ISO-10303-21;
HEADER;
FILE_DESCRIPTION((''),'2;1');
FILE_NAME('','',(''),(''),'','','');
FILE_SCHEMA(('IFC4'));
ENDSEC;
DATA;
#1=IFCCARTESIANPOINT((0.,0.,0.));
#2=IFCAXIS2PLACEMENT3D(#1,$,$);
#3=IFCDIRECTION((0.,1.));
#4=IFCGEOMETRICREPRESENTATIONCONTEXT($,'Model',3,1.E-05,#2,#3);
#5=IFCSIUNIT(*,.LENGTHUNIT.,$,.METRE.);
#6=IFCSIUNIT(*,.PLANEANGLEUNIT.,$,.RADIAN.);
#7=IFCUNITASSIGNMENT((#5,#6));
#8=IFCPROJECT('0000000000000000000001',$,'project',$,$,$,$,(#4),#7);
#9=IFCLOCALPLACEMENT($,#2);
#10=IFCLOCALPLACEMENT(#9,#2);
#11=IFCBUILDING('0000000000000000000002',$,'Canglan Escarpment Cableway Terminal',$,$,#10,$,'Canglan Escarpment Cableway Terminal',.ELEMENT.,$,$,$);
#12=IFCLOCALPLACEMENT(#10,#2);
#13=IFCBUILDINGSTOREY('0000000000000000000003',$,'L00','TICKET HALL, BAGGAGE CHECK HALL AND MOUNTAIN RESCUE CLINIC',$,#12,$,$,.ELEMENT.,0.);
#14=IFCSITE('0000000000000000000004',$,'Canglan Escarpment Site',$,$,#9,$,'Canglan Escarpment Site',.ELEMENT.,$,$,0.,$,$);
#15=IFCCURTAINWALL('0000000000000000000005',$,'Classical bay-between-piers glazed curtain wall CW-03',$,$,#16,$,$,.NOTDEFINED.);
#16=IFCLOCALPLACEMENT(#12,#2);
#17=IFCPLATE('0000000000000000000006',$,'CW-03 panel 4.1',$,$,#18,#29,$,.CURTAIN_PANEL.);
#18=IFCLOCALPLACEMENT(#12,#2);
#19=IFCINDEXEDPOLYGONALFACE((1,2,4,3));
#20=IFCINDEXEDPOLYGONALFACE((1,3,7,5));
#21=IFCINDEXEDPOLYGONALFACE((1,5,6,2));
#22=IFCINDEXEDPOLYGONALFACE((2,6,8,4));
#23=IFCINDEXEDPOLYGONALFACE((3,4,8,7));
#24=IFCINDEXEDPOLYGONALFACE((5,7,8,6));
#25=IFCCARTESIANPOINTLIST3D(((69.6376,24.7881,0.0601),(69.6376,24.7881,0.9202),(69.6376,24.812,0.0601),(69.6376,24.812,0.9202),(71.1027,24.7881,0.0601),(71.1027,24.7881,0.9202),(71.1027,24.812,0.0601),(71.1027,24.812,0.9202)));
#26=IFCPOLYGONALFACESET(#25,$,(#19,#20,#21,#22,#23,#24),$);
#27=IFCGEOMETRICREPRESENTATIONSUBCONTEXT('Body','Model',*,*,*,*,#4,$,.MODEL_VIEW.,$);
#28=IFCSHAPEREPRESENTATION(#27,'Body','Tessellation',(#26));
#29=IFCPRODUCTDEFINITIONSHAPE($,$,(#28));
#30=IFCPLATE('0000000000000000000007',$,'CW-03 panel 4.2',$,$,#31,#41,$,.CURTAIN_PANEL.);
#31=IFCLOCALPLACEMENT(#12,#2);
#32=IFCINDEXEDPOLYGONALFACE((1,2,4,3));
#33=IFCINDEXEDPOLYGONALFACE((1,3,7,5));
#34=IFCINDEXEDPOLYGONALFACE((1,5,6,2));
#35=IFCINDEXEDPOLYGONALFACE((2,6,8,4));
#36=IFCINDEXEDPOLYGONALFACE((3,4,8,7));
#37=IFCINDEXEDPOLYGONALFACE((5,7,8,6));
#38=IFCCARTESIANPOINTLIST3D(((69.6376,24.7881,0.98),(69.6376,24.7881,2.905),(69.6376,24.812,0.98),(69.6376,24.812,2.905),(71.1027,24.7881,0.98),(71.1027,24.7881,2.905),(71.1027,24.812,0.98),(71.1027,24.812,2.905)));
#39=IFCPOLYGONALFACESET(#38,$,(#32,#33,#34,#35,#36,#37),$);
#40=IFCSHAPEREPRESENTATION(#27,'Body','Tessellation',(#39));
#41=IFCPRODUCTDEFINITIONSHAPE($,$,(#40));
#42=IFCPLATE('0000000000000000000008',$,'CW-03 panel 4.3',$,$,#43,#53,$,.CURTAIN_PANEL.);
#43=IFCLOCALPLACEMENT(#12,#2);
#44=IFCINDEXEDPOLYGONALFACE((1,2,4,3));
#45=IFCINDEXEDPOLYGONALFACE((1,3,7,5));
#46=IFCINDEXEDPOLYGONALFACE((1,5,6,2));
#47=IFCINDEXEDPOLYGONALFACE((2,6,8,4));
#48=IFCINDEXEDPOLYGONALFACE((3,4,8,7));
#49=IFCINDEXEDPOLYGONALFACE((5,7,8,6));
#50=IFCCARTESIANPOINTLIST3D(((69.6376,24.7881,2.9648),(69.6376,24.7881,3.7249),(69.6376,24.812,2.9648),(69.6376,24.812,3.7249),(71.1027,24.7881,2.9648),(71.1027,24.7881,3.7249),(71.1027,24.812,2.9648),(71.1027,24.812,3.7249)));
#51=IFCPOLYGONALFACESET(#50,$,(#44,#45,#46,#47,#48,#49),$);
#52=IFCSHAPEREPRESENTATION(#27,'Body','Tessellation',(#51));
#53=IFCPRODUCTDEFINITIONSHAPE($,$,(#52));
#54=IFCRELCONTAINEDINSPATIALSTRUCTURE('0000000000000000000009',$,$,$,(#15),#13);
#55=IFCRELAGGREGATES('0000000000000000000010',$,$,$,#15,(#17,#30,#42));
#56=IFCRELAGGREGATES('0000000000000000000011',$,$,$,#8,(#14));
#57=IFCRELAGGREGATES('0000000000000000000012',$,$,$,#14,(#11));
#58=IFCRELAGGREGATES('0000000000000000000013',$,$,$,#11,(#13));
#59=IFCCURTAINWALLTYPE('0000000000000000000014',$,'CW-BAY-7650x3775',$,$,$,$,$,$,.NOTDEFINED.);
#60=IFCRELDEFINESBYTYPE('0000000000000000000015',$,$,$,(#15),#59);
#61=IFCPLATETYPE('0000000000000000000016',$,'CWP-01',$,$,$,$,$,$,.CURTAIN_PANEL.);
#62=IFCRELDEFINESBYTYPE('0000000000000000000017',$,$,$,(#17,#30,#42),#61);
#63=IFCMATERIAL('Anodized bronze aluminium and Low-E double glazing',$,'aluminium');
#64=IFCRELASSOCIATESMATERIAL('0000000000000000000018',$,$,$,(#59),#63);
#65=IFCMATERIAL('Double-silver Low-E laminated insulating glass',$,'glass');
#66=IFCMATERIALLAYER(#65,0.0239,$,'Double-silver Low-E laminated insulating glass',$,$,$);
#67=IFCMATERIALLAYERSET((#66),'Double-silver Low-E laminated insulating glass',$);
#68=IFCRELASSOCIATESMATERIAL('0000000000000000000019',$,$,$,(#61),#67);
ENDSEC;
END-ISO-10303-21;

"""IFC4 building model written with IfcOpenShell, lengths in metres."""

from ifc_helpers import new_model, si_unit, direction, frame, origin, origin_2d, place, context, subcontext, project, spatial, rectangle, extrude, material, layer, layer_set, type_object, element, aggregate, save


model = new_model("IFC4")

# Units and contexts
model_context = context("Model", 3, precision=1e-05, world=origin(), true_north=direction((0.0, 1.0)))
body_context = subcontext(model_context, "Body", "Model", "MODEL_VIEW")
ifc_project = project(units=[si_unit("LENGTHUNIT", "METRE"), si_unit("PLANEANGLEUNIT", "RADIAN")], contexts=[model_context])

# Site, building, storey
site_placement = place(None, origin())
site = spatial("IfcSite", under=ifc_project, at=site_placement, Name="Canglan Escarpment Site", LongName="Canglan Escarpment Site", CompositionType="ELEMENT", RefElevation=0.0)
building_placement = place(site_placement, origin())
building = spatial("IfcBuilding", under=site, at=building_placement, Name="Canglan Escarpment Cableway Terminal", LongName="Canglan Escarpment Cableway Terminal", CompositionType="ELEMENT")
storey_placement = place(building_placement, origin())
storey = spatial("IfcBuildingStorey", under=building, at=storey_placement, Name="L00", Description="TICKET HALL, BAGGAGE CHECK HALL AND MOUNTAIN RESCUE CLINIC", CompositionType="ELEMENT", Elevation=0.0)

# Curtain wall, plates
ifc_material_1 = material(Name="Anodized bronze aluminium and Low-E double glazing", Category="aluminium")
curtain_wall_type = type_object("IfcCurtainWallType", Name="CW-BAY-7650x3775", PredefinedType="NOTDEFINED", material=ifc_material_1)
curtain_wall_placement = place(storey_placement, origin())
curtain_wall = element("IfcCurtainWall", 1, at=curtain_wall_placement, inside=storey, type_object=curtain_wall_type, Name="Classical bay-between-piers glazed curtain wall CW-03", PredefinedType="NOTDEFINED")
ifc_material_2 = material(Name="Double-silver Low-E laminated insulating glass", Category="glass")
ifc_layer = layer(ifc_material_2, 0.0239, Name="Double-silver Low-E laminated insulating glass")
ifc_layer_set = layer_set([ifc_layer], Name="Double-silver Low-E laminated insulating glass")
plate_type = type_object("IfcPlateType", Name="CWP-01", PredefinedType="CURTAIN_PANEL", material=ifc_layer_set)
plate_1_placement = place(storey_placement, frame((70.3701, 24.8, 0.0601), z_axis=(0.0, 0.0, 1.0), x_axis=(-1.0, 0.0, 0.0)))
plate_1 = element("IfcPlate", 2, at=plate_1_placement, type_object=plate_type, Name="CW-03 panel 4.1", PredefinedType="CURTAIN_PANEL", context=body_context, shape_type="SweptSolid", body=[
    extrude(rectangle(XDim=1.4651, YDim=0.0239, at=origin_2d()), origin(), (0.0, 0.0, 1.0), 0.8601),
])
plate_2_placement = place(storey_placement, frame((70.3701, 24.8, 0.98), z_axis=(0.0, 0.0, 1.0), x_axis=(-1.0, 0.0, 0.0)))
plate_2 = element("IfcPlate", 3, at=plate_2_placement, type_object=plate_type, Name="CW-03 panel 4.2", PredefinedType="CURTAIN_PANEL", context=body_context, shape_type="SweptSolid", body=[
    extrude(rectangle(XDim=1.4651, YDim=0.0239, at=origin_2d()), origin(), (0.0, 0.0, 1.0), 1.925),
])
plate_3_placement = place(storey_placement, frame((70.3701, 24.8, 2.9648), z_axis=(0.0, 0.0, 1.0), x_axis=(-1.0, 0.0, 0.0)))
plate_3 = element("IfcPlate", 4, at=plate_3_placement, type_object=plate_type, Name="CW-03 panel 4.3", PredefinedType="CURTAIN_PANEL", context=body_context, shape_type="SweptSolid", body=[
    extrude(rectangle(XDim=1.4651, YDim=0.0239, at=origin_2d()), origin(), (0.0, 0.0, 1.0), 0.76),
])
aggregate(curtain_wall, [plate_1, plate_2, plate_3])

save(model, "model.ifc")
